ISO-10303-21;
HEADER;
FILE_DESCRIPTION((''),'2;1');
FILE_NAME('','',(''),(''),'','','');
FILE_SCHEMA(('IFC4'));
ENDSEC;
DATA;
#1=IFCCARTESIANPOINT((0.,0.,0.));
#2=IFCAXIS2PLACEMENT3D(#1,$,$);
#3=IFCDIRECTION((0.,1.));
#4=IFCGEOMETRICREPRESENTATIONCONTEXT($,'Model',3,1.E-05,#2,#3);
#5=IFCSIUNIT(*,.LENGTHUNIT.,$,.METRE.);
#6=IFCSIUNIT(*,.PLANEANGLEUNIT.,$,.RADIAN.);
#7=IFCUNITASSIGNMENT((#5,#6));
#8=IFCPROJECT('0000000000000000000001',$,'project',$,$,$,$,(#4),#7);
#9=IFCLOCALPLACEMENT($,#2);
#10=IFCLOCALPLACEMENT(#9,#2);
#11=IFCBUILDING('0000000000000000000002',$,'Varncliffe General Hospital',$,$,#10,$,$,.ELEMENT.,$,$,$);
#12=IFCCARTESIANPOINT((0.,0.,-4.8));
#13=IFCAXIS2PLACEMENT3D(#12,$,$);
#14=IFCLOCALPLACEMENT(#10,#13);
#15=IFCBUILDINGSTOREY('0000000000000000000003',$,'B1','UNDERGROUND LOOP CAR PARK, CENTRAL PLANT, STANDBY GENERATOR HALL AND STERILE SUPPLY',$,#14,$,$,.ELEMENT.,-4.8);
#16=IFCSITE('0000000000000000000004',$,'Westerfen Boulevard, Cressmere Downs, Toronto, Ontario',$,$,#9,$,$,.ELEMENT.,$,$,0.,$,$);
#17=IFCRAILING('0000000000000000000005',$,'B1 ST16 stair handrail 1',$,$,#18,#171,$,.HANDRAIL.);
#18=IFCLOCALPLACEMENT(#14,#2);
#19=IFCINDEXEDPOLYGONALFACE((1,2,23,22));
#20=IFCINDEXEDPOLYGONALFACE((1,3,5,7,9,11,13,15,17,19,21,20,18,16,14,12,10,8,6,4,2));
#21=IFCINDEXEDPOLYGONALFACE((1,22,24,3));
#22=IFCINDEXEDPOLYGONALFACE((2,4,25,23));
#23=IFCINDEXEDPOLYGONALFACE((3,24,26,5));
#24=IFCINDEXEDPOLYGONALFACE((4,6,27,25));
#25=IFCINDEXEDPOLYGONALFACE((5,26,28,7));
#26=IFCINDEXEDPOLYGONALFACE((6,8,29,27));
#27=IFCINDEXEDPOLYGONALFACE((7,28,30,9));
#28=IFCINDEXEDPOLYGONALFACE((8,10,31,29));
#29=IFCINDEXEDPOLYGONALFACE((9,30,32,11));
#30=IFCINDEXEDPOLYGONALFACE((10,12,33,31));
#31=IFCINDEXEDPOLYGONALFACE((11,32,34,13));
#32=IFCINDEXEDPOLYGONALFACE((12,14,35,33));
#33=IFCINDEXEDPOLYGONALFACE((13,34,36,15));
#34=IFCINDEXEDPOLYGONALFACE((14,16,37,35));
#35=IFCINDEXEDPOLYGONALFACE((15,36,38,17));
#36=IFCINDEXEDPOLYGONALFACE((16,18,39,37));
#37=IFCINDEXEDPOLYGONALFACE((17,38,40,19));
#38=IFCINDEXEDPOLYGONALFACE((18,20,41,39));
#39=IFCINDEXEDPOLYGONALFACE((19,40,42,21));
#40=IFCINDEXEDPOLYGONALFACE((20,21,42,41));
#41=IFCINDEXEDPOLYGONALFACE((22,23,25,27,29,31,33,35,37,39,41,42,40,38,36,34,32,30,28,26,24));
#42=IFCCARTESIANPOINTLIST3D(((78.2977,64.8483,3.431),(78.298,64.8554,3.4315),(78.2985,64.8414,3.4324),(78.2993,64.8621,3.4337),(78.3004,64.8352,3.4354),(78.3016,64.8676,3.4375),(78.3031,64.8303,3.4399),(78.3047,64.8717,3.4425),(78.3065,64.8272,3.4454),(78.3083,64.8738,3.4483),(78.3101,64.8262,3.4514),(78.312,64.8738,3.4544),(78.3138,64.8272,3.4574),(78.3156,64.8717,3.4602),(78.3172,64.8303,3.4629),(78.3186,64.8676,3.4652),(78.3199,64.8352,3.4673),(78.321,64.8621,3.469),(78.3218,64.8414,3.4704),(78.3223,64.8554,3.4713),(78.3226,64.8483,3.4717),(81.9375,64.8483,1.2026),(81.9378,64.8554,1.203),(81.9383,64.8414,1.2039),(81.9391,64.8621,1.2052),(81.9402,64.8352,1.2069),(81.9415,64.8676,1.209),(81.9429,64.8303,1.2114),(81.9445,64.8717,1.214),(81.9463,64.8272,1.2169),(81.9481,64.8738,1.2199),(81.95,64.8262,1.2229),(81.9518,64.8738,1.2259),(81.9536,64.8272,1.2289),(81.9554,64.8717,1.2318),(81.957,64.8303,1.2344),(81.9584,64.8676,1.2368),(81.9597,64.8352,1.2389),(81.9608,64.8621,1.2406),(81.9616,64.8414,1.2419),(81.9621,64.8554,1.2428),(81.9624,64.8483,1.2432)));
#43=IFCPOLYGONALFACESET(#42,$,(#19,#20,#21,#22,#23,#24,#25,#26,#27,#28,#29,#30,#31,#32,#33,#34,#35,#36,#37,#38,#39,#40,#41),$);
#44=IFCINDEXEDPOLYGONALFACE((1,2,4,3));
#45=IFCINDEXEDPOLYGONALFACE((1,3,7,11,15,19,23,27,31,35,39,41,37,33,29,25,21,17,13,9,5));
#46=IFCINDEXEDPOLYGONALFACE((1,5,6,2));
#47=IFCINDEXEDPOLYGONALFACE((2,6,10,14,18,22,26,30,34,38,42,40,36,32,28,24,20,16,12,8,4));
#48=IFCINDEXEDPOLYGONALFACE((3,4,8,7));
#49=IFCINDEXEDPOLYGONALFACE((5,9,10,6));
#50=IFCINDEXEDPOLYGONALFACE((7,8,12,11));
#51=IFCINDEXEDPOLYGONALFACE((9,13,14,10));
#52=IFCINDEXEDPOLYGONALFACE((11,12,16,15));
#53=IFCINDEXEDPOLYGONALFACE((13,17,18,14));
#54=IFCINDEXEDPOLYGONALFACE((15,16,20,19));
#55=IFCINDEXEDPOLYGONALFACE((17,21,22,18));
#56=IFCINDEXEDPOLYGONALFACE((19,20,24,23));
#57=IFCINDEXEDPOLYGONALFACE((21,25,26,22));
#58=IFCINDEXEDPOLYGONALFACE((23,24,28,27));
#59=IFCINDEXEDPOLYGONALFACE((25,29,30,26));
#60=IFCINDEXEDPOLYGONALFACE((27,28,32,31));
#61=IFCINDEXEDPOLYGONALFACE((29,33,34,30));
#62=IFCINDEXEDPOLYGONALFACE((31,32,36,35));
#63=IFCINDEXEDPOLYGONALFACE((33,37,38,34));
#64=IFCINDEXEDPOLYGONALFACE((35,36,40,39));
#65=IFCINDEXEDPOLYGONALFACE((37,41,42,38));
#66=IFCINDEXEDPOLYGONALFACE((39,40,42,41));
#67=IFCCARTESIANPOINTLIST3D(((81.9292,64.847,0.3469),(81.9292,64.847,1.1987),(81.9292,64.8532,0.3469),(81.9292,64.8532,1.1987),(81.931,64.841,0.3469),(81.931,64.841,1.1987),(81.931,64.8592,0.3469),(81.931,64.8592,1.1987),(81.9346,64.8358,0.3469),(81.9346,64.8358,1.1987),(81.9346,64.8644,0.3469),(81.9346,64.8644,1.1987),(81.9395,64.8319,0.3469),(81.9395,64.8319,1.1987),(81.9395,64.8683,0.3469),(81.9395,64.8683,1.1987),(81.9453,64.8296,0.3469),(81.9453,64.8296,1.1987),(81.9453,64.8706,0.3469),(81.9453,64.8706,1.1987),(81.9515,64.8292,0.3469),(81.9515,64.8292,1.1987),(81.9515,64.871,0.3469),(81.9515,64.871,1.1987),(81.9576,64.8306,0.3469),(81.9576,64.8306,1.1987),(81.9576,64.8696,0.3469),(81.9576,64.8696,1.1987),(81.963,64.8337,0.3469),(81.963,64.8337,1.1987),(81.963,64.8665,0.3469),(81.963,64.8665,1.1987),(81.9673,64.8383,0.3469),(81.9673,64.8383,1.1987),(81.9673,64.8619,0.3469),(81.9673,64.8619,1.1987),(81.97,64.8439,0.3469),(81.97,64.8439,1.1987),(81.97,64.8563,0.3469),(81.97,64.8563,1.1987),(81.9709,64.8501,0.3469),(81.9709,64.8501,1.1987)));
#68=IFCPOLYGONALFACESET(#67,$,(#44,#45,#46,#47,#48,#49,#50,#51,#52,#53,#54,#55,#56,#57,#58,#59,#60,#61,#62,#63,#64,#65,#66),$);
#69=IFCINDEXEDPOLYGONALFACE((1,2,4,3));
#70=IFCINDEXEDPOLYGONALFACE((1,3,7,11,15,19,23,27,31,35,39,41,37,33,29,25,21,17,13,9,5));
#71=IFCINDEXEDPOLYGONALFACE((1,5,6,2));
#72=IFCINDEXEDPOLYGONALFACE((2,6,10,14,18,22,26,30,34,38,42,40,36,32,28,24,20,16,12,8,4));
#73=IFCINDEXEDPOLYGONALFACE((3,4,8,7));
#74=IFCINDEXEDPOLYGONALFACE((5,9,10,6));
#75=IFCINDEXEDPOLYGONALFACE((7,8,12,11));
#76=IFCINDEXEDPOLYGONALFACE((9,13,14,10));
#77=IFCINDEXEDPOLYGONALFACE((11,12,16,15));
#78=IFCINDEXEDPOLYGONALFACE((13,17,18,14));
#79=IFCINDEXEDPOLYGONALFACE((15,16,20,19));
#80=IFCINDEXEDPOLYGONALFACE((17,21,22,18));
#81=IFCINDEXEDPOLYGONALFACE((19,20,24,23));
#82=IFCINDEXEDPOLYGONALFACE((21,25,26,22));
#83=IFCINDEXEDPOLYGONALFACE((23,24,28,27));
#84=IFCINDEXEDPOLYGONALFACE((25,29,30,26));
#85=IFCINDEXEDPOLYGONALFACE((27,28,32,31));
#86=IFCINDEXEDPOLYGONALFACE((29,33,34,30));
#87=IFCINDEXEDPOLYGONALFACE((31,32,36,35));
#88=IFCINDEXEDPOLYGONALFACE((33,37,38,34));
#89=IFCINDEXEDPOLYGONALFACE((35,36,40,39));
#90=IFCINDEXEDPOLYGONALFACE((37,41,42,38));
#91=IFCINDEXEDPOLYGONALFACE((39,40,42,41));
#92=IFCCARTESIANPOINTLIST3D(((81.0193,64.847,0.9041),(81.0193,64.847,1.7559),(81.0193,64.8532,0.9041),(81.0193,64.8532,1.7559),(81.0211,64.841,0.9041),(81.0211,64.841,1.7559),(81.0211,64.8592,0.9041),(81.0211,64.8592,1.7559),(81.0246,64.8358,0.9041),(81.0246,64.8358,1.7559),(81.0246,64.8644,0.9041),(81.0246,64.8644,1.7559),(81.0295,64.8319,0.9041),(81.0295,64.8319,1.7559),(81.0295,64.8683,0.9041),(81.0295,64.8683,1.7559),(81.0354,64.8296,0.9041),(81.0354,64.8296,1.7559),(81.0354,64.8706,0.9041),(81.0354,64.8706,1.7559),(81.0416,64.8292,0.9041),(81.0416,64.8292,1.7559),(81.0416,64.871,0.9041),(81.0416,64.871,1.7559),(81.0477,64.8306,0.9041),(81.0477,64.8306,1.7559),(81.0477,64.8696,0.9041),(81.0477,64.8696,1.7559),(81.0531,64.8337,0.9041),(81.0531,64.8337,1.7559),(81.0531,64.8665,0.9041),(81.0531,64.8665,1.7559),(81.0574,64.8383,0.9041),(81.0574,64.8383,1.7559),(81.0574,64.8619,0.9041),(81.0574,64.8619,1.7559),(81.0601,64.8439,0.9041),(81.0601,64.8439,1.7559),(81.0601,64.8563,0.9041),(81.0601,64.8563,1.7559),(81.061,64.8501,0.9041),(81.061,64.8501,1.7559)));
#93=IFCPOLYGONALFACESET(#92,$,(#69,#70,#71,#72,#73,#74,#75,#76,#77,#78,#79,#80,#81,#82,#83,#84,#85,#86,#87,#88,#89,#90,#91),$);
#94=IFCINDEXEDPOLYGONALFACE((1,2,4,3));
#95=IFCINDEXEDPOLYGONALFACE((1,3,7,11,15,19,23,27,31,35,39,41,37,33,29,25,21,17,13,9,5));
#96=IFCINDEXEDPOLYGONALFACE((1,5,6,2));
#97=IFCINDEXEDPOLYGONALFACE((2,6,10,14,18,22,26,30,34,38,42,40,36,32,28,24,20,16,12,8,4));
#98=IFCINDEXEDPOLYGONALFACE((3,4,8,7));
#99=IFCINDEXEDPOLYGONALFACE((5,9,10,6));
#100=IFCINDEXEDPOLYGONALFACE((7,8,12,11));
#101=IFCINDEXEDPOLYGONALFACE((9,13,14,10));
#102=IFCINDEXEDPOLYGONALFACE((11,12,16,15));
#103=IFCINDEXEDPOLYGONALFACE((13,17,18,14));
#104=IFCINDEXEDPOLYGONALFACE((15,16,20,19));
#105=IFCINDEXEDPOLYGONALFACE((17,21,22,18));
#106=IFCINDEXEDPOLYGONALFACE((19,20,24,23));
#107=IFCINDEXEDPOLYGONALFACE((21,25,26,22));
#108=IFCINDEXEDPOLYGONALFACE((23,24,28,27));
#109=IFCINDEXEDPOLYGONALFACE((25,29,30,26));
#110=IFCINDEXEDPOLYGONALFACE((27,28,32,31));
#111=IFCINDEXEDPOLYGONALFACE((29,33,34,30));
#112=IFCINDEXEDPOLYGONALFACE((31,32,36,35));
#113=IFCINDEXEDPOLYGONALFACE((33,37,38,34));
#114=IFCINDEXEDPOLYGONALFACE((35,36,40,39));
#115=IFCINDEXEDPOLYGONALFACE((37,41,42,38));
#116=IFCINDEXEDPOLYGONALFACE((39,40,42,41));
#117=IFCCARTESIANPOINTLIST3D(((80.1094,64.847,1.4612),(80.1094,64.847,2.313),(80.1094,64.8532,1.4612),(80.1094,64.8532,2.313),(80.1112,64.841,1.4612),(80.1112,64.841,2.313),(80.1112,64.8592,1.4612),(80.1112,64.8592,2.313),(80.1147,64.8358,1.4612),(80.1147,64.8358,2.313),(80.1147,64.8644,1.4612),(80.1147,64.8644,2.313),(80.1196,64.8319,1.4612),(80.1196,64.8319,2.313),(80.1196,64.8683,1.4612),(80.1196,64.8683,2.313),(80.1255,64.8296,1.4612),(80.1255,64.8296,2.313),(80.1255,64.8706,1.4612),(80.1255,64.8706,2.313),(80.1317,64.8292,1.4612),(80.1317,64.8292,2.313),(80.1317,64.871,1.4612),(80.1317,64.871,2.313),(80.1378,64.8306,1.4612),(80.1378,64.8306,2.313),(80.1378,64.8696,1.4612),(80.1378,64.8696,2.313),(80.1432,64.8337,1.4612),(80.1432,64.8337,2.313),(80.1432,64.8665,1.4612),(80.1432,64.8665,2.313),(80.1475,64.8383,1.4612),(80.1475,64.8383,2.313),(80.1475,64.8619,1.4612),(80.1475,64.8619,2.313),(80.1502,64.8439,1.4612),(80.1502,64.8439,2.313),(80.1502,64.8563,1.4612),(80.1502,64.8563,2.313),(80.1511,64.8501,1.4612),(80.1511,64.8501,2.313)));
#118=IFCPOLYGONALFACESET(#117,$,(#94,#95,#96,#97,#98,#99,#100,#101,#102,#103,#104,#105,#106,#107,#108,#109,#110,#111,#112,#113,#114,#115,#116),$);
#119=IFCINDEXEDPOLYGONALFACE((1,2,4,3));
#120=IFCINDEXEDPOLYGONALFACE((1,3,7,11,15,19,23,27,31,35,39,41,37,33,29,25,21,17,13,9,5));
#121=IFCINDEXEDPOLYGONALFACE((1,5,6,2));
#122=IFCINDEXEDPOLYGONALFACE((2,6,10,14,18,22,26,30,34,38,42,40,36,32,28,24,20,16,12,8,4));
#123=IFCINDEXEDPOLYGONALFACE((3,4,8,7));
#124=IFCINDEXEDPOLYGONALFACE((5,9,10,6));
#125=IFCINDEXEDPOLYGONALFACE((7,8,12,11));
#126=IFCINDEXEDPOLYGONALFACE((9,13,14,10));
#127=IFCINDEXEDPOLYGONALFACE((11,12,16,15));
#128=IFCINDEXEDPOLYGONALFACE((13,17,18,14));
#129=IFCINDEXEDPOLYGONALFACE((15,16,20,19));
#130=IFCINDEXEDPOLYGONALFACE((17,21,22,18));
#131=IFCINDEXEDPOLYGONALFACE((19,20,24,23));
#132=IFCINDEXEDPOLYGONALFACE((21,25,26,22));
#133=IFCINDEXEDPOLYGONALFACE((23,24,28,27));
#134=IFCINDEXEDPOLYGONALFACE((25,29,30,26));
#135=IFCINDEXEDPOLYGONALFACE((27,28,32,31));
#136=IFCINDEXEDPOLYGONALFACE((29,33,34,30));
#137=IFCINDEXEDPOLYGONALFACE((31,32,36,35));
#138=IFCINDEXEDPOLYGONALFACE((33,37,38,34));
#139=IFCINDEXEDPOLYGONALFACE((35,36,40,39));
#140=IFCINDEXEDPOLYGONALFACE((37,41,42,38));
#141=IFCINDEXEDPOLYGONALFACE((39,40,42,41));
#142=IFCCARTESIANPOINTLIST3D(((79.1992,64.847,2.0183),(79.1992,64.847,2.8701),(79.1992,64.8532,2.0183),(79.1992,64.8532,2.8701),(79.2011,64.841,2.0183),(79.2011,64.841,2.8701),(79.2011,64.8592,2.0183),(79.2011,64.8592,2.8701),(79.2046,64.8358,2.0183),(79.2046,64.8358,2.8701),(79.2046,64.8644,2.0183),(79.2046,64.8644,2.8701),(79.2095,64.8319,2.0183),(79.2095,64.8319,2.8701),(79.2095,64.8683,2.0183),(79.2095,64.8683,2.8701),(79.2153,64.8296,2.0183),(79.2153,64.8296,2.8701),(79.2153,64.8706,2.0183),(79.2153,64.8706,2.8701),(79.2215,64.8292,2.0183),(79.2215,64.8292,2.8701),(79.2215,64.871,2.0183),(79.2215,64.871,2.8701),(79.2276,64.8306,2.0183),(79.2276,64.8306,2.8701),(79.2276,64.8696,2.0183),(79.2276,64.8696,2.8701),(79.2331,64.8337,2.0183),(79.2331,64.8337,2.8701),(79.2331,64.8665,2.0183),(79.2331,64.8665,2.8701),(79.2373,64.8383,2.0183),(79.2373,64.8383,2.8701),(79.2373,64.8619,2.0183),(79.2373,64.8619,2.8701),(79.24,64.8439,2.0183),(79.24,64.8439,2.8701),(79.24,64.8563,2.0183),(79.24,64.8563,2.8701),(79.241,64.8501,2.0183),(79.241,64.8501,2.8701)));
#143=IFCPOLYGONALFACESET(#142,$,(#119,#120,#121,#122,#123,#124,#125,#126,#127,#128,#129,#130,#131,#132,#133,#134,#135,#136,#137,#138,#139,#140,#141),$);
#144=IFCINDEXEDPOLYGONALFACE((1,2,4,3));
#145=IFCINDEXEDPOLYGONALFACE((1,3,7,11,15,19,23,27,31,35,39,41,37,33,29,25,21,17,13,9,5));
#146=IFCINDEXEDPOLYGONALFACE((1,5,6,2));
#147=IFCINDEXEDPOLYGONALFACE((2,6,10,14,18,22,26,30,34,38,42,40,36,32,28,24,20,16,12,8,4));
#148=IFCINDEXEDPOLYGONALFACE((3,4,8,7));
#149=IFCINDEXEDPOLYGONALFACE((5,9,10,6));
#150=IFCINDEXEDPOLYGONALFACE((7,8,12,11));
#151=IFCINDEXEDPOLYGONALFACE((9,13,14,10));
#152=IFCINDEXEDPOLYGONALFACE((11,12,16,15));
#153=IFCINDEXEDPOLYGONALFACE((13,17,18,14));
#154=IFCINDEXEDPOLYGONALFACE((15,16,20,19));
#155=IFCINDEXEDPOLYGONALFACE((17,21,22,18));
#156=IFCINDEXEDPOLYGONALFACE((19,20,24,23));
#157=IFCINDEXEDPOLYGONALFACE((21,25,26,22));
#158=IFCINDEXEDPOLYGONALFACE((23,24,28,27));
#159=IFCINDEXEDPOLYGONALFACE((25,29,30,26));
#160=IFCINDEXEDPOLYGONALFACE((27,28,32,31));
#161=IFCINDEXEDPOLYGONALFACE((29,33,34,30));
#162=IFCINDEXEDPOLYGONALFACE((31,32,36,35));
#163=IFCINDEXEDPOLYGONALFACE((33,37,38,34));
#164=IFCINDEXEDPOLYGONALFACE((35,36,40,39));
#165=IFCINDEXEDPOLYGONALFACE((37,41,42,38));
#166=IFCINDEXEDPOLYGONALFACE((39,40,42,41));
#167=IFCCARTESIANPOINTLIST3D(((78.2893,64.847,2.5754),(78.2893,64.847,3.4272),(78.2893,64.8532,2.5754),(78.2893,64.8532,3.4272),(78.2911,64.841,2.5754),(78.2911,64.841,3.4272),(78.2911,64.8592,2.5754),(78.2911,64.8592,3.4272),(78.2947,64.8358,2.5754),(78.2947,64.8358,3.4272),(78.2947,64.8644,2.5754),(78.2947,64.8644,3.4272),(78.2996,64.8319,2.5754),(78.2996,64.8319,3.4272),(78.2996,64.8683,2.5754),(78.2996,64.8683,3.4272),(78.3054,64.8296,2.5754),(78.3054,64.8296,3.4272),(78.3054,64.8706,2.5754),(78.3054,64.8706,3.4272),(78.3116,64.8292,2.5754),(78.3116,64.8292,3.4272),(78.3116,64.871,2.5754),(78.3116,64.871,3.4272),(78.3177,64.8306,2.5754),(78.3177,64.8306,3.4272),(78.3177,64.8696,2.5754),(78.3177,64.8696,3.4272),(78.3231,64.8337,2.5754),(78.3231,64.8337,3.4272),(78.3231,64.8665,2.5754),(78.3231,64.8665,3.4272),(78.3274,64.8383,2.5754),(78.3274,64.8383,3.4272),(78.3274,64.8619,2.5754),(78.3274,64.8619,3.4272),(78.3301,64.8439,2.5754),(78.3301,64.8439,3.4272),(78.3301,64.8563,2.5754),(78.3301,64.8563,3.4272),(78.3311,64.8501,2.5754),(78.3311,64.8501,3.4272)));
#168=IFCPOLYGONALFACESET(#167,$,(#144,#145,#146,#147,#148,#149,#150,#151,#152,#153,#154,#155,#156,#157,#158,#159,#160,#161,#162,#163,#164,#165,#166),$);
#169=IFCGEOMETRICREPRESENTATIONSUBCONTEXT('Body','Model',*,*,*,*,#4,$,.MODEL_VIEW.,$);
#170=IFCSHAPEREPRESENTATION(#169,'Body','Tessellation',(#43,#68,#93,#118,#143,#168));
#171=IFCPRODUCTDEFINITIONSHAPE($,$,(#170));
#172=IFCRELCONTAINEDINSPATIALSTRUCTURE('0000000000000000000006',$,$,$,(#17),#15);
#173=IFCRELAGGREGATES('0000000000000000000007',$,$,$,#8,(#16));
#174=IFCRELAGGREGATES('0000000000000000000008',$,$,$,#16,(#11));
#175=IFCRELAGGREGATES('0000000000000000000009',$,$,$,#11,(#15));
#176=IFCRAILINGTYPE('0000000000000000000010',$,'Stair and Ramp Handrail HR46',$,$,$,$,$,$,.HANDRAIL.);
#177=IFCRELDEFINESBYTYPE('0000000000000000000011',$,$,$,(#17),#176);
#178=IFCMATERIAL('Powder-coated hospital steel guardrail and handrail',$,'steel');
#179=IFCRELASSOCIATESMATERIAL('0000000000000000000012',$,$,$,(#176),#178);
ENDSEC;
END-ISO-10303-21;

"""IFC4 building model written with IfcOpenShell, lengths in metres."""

from ifc_helpers import new_model, si_unit, direction, frame, origin, origin_2d, place, context, subcontext, project, spatial, circle, extrude, material, type_object, element, save


model = new_model("IFC4")

# Units and contexts
model_context = context("Model", 3, precision=1e-05, world=origin(), true_north=direction((0.0, 1.0)))
body_context = subcontext(model_context, "Body", "Model", "MODEL_VIEW")
ifc_project = project(units=[si_unit("LENGTHUNIT", "METRE"), si_unit("PLANEANGLEUNIT", "RADIAN")], contexts=[model_context])

# Site, building, storey
site_placement = place(None, origin())
site = spatial("IfcSite", under=ifc_project, at=site_placement, Name="Westerfen Boulevard, Cressmere Downs, Toronto, Ontario", CompositionType="ELEMENT", RefElevation=0.0)
building_placement = place(site_placement, origin())
building = spatial("IfcBuilding", under=site, at=building_placement, Name="Varncliffe General Hospital", CompositionType="ELEMENT")
storey_placement = place(building_placement, frame((0.0, 0.0, -4.8)))
storey = spatial("IfcBuildingStorey", under=building, at=storey_placement, Name="B1", Description="UNDERGROUND LOOP CAR PARK, CENTRAL PLANT, STANDBY GENERATOR HALL AND STERILE SUPPLY", CompositionType="ELEMENT", Elevation=-4.8)

# Railing
ifc_material_1 = material(Name="Powder-coated hospital steel guardrail and handrail", Category="steel")
railing_type_1 = type_object("IfcRailingType", Name="Stair and Ramp Handrail HR46", PredefinedType="HANDRAIL", material=ifc_material_1)
railing_1_placement = place(storey_placement, frame((81.95, 64.8501, 0.3469)))
element("IfcRailing", 1, at=railing_1_placement, inside=storey, type_object=railing_type_1, Name="B1 ST16 stair handrail 1", PredefinedType="HANDRAIL", context=body_context, shape_type="SweptSolid", body=[
    extrude(circle(Radius=0.0239, at=origin_2d()), frame((0.0, 0.0, 0.876), z_axis=(-0.85285, 0.0, 0.522156), x_axis=(0.0, -1.0, 0.0)), (0.0, 0.0, 1.0), 4.2678),
    extrude(circle(Radius=0.021, at=origin_2d()), origin(), (0.0, 0.0, 1.0), 0.8518),
    extrude(circle(Radius=0.021, at=origin_2d()), frame((-0.9099, 0.0, 0.5571)), (0.0, 0.0, 1.0), 0.8518),
    extrude(circle(Radius=0.021, at=origin_2d()), frame((-1.8198, 0.0, 1.1143)), (0.0, 0.0, 1.0), 0.8518),
    extrude(circle(Radius=0.021, at=origin_2d()), frame((-2.73, 0.0, 1.6714)), (0.0, 0.0, 1.0), 0.8518),
    extrude(circle(Radius=0.021, at=origin_2d()), frame((-3.6399, 0.0, 2.2285)), (0.0, 0.0, 1.0), 0.8518),
])

save(model, "model.ifc")
